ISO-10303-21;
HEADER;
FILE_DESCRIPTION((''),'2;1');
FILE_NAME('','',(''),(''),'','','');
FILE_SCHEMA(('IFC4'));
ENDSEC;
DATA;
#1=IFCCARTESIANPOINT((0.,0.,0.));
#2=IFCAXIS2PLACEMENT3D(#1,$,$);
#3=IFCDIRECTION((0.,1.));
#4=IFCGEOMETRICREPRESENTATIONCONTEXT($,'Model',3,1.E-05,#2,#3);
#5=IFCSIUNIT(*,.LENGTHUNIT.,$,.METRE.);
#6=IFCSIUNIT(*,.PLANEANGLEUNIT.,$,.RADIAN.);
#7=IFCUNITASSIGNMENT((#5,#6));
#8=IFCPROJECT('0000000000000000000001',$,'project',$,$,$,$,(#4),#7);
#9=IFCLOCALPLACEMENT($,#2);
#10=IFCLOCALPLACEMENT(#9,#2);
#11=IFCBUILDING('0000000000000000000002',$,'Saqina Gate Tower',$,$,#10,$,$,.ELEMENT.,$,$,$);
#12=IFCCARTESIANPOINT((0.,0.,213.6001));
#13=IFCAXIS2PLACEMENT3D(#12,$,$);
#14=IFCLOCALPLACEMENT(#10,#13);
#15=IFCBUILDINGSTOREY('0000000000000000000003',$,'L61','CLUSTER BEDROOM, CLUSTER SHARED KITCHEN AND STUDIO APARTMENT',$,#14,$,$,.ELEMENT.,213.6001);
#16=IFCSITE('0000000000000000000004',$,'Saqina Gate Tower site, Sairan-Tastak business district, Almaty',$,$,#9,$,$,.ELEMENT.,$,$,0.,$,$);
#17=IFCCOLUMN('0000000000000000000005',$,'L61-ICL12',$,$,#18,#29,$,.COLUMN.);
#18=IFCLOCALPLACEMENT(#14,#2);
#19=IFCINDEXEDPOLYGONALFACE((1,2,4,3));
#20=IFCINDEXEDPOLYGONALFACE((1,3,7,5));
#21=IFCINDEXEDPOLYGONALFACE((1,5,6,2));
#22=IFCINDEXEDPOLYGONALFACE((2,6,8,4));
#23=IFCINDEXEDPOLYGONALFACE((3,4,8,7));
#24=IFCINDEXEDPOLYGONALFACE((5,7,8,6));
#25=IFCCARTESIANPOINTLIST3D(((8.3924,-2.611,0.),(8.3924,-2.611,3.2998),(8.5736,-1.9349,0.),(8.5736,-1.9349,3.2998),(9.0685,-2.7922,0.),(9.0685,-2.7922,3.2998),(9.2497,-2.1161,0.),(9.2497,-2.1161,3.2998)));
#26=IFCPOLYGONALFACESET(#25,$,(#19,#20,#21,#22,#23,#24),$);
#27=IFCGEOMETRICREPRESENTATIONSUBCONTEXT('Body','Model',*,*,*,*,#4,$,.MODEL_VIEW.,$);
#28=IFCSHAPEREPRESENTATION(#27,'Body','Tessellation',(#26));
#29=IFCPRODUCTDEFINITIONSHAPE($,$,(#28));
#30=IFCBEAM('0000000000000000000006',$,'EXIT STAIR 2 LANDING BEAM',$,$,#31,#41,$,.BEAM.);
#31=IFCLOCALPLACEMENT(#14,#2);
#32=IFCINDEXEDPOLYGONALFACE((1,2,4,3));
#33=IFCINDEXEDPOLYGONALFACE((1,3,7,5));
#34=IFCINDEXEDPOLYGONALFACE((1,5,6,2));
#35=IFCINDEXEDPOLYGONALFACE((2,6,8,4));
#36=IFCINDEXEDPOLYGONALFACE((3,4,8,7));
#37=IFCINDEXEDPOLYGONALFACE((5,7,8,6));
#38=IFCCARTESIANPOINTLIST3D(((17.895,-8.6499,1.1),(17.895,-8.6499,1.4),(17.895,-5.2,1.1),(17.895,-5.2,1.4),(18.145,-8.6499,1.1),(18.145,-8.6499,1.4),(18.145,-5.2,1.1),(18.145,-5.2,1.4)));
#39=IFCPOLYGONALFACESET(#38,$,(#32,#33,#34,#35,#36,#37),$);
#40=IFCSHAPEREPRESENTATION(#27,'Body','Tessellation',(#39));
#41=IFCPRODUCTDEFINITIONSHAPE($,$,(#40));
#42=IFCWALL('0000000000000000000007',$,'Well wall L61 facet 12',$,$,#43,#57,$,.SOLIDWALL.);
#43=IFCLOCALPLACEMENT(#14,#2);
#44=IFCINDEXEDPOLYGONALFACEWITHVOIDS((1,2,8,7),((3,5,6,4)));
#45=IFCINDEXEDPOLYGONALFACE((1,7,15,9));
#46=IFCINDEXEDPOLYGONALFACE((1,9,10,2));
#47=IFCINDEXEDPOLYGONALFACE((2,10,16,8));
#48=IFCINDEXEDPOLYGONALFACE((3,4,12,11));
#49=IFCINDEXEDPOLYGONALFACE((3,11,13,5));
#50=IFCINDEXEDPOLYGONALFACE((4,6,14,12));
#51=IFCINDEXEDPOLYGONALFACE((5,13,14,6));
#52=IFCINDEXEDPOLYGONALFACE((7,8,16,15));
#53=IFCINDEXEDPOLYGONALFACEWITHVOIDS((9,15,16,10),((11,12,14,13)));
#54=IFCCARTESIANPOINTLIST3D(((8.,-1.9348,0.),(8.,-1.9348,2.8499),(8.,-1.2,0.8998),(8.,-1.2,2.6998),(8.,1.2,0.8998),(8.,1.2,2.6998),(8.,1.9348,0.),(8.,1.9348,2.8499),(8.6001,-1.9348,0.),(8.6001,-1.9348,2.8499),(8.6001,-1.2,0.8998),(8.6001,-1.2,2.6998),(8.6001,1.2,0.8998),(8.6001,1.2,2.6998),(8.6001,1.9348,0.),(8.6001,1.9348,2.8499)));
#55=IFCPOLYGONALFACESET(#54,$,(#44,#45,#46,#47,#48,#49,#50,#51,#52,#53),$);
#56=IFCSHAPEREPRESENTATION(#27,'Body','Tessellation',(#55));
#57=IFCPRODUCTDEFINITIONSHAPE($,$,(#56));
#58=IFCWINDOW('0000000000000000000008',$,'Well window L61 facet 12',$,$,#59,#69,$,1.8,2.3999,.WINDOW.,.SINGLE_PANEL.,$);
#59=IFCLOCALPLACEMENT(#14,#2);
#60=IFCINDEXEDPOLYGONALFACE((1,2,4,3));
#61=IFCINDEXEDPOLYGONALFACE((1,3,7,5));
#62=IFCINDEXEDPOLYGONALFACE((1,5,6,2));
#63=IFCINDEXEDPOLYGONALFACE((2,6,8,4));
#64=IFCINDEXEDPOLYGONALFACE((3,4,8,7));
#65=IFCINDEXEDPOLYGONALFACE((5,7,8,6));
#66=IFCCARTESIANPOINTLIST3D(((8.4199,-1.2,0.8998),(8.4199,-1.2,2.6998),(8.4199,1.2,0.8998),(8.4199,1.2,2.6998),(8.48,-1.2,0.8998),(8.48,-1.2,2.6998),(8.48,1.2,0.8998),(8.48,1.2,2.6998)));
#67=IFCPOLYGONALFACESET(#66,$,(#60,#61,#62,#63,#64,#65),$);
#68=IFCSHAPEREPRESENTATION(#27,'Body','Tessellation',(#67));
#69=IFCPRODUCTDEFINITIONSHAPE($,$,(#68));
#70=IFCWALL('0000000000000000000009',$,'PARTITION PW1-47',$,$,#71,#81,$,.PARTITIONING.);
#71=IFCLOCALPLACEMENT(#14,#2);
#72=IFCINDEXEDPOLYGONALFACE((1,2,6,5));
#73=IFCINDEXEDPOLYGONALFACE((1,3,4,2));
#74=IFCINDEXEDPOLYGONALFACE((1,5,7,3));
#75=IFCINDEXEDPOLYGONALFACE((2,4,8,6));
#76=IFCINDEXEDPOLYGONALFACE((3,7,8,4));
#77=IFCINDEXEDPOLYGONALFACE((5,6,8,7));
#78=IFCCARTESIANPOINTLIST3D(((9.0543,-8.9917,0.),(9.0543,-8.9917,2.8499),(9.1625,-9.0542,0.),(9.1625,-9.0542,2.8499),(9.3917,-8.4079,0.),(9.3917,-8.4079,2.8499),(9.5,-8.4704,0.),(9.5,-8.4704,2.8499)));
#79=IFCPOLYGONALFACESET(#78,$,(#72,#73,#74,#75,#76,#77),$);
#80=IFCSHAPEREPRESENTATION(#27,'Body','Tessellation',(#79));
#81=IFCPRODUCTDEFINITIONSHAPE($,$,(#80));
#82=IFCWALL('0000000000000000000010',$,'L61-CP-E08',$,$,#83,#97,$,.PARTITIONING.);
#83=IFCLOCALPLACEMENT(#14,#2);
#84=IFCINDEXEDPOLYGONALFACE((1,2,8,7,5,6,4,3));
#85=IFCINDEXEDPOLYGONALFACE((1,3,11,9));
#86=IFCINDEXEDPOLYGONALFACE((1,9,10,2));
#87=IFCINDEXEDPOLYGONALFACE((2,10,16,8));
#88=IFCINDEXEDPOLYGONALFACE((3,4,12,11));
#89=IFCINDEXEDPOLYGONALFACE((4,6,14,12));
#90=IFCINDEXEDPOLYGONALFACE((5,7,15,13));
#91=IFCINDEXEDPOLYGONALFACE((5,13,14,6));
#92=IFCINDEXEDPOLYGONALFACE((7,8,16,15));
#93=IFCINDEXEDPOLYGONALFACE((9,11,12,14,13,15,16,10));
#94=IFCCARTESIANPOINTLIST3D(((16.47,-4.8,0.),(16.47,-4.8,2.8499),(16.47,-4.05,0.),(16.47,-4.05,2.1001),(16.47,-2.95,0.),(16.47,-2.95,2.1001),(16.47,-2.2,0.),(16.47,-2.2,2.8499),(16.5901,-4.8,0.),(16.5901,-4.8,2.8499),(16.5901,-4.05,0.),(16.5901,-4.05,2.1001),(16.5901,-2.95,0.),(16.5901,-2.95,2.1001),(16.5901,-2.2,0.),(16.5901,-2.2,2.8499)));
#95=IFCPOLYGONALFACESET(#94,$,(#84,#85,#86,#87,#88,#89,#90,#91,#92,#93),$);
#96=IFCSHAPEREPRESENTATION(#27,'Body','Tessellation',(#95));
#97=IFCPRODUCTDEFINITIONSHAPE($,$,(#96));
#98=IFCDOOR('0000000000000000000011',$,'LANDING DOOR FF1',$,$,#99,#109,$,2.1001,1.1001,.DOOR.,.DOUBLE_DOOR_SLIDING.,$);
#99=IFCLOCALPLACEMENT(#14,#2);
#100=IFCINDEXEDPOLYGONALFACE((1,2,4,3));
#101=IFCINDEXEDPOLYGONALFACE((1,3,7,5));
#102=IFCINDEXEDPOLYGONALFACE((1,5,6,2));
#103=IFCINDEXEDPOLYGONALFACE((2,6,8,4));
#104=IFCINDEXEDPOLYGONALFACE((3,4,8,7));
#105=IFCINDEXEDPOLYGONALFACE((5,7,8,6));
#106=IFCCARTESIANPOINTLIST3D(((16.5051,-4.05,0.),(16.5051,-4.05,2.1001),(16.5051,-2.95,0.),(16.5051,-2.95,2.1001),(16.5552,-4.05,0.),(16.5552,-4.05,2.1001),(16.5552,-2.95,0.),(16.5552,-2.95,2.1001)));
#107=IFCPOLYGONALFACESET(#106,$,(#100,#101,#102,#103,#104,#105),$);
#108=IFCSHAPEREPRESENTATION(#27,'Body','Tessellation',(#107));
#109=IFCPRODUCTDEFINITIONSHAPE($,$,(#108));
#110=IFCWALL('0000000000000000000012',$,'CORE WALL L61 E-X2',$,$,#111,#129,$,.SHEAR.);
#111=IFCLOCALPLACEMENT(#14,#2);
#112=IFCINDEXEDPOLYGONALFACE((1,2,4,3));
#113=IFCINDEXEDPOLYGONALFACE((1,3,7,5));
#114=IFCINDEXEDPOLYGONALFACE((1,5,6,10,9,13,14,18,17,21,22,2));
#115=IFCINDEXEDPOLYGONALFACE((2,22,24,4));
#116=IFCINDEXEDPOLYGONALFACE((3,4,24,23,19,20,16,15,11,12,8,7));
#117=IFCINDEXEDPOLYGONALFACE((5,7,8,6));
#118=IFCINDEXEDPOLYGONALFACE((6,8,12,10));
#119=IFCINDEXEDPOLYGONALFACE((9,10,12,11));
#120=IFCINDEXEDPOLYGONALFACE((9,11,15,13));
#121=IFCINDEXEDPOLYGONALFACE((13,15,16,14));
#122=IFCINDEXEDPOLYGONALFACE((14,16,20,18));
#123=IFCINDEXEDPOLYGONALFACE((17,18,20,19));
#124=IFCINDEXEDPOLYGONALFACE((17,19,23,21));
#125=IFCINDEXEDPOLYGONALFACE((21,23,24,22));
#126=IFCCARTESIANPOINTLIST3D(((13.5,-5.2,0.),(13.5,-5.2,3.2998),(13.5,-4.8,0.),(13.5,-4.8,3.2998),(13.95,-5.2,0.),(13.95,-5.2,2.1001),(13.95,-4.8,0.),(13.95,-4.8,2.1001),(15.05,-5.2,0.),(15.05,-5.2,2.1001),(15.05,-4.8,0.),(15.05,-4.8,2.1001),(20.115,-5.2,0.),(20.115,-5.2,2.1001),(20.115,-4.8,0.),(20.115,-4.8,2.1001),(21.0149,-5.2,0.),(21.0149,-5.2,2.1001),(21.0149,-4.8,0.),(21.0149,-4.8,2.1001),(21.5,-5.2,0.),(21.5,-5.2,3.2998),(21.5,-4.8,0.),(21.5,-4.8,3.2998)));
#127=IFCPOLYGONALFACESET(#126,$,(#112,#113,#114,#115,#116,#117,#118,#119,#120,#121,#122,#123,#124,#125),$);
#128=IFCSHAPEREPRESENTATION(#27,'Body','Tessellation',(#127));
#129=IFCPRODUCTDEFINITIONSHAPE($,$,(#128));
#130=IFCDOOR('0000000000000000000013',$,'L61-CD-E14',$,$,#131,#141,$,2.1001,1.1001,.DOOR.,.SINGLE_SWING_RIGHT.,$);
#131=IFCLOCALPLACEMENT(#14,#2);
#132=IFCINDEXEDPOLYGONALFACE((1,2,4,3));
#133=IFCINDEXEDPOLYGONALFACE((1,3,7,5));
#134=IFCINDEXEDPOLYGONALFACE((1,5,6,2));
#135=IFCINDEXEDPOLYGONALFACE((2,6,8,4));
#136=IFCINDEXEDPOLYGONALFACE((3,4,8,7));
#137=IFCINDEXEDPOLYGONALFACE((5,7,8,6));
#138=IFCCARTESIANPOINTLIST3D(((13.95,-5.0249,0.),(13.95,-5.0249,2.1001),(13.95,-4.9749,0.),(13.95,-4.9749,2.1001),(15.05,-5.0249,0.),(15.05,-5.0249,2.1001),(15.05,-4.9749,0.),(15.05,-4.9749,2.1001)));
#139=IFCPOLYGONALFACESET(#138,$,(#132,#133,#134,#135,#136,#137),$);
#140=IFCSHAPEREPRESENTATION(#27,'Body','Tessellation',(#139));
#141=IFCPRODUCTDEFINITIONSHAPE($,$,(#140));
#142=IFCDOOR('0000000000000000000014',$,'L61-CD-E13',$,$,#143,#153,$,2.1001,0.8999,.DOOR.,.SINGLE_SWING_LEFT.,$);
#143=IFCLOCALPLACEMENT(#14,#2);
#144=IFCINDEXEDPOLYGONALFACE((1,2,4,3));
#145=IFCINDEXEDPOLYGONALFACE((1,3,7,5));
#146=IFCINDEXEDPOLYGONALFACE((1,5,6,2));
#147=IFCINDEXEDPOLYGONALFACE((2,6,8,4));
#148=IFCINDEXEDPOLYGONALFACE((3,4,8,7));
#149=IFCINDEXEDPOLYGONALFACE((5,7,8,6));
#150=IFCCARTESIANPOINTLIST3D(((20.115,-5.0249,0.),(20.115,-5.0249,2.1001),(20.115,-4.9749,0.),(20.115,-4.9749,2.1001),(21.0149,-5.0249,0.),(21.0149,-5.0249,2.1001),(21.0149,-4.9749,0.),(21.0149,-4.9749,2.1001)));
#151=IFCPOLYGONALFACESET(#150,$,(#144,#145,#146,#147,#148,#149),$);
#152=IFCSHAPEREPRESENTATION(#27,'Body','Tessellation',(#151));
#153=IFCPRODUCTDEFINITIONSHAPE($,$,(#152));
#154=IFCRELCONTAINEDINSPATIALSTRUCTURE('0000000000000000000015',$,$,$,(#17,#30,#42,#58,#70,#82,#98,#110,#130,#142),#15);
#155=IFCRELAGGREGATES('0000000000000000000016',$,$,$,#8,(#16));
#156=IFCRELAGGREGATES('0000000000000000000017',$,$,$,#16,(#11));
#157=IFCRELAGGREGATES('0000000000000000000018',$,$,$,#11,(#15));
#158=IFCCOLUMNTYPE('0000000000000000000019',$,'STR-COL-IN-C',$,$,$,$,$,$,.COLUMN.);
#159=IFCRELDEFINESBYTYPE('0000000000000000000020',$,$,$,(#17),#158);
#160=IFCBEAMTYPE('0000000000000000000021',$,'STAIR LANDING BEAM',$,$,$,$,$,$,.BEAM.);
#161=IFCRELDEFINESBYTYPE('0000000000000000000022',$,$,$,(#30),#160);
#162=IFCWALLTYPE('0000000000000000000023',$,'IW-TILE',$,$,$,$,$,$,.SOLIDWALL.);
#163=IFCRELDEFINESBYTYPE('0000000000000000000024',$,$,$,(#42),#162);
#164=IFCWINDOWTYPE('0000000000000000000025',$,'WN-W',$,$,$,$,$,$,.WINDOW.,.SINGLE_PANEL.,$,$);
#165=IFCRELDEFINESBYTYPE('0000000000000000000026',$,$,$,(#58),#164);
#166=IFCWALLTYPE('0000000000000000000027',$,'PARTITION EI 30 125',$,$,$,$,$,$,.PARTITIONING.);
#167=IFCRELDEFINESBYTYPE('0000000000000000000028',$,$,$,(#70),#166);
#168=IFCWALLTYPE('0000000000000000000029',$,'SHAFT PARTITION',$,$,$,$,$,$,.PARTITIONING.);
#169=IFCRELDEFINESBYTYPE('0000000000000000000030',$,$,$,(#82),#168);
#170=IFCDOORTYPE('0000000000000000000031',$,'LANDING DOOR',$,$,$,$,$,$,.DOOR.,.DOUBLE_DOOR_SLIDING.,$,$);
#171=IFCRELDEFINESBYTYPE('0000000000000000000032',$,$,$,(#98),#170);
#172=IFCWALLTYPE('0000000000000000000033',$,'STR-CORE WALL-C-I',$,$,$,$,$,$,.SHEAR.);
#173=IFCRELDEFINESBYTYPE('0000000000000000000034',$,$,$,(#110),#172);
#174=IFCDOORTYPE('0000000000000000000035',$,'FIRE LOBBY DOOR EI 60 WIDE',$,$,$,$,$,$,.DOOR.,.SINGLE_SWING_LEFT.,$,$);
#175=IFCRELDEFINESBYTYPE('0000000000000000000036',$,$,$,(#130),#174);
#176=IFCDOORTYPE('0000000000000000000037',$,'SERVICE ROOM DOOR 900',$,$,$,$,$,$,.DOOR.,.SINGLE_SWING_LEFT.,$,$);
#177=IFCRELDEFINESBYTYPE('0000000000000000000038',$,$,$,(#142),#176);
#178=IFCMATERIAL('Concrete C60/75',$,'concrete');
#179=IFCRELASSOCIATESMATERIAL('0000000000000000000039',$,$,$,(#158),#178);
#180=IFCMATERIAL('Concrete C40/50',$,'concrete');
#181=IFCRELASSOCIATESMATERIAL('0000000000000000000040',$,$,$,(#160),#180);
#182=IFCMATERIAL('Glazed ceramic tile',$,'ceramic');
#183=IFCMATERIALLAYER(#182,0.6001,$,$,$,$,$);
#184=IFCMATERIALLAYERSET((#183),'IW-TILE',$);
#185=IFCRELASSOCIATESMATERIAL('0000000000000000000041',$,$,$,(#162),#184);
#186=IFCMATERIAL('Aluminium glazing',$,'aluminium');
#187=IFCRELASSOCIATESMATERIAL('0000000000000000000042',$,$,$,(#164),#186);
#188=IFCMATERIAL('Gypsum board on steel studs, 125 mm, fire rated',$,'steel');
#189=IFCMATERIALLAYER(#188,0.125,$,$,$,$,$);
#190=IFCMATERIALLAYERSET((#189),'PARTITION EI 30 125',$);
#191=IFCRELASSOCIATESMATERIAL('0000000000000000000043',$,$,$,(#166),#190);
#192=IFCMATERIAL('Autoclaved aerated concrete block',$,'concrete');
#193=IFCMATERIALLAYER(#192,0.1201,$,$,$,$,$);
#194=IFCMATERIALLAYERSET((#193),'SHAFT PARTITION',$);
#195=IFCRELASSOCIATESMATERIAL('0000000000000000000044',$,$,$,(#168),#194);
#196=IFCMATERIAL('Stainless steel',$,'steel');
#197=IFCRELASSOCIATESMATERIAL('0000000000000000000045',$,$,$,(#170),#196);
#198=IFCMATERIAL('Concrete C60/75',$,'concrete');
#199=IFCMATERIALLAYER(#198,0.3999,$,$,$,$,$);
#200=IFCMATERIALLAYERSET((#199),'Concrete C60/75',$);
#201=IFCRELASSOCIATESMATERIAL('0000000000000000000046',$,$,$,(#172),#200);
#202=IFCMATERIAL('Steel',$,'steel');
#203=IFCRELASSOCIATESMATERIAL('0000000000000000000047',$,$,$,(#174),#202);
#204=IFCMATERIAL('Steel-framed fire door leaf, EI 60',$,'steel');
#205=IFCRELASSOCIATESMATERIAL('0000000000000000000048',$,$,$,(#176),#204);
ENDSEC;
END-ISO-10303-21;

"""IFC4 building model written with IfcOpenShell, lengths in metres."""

from ifc_helpers import new_model, si_unit, direction, frame, frame_2d, origin, origin_2d, place, context, subcontext, project, spatial, rectangle, extrude, material, layer, layer_set, material_profile, profile_set, type_object, element, fill, save


model = new_model("IFC4")

# Units and contexts
model_context = context("Model", 3, precision=1e-05, world=origin(), true_north=direction((0.0, 1.0)))
body_context = subcontext(model_context, "Body", "Model", "MODEL_VIEW")
ifc_project = project(units=[si_unit("LENGTHUNIT", "METRE"), si_unit("PLANEANGLEUNIT", "RADIAN")], contexts=[model_context])

# Site, building, storey
site_placement = place(None, origin())
site = spatial("IfcSite", under=ifc_project, at=site_placement, Name="Saqina Gate Tower site, Sairan-Tastak business district, Almaty", CompositionType="ELEMENT", RefElevation=0.0)
building_placement = place(site_placement, origin())
building = spatial("IfcBuilding", under=site, at=building_placement, Name="Saqina Gate Tower", CompositionType="ELEMENT")
storey_placement = place(building_placement, frame((0.0, 0.0, 213.6001)))
storey = spatial("IfcBuildingStorey", under=building, at=storey_placement, Name="L61", Description="CLUSTER BEDROOM, CLUSTER SHARED KITCHEN AND STUDIO APARTMENT", CompositionType="ELEMENT", Elevation=213.6001)

# Column
ifc_material_1 = material(Name="Concrete C60/75", Category="concrete")
ifc_material_profile_1 = material_profile(ifc_material_1, rectangle(XDim=0.7, YDim=0.7, at=origin_2d()), Name="RC 700x700")
ifc_profile_set_1 = profile_set([ifc_material_profile_1], Name="Concrete C60/75")
column_type = type_object("IfcColumnType", Name="STR-COL-IN-C", PredefinedType="COLUMN", material=ifc_profile_set_1)
column_placement = place(storey_placement, frame((8.821, -2.3635, 0.0), z_axis=(0.0, 0.0, 1.0), x_axis=(0.965926, -0.258819, 0.0)))
element("IfcColumn", 1, at=column_placement, inside=storey, type_object=column_type, Name="L61-ICL12", PredefinedType="COLUMN", context=body_context, shape_type="SweptSolid", body=[
    extrude(rectangle(XDim=0.7, YDim=0.7, at=origin_2d()), origin(), (0.0, 0.0, 1.0), 3.2998),
])

# Beam
ifc_material_2 = material(Name="Concrete C40/50", Category="concrete")
ifc_material_profile_2 = material_profile(ifc_material_2, rectangle(XDim=0.25, YDim=0.3, at=origin_2d()), Name="STAIR LANDING BEAM")
ifc_profile_set_2 = profile_set([ifc_material_profile_2], Name="Concrete C40/50")
beam_type = type_object("IfcBeamType", Name="STAIR LANDING BEAM", PredefinedType="BEAM", material=ifc_profile_set_2)
beam_placement = place(storey_placement, frame((18.02, -8.6499, 1.25), z_axis=(0.0, 1.0, 0.0), x_axis=(-1.0, 0.0, 0.0)))
element("IfcBeam", 2, at=beam_placement, inside=storey, type_object=beam_type, Name="EXIT STAIR 2 LANDING BEAM", PredefinedType="BEAM", context=body_context, shape_type="SweptSolid", body=[
    extrude(rectangle(XDim=0.25, YDim=0.3, at=origin_2d()), origin(), (0.0, 0.0, 1.0), 3.45),
])

# Wall, opening, window
ifc_material_3 = material(Name="Glazed ceramic tile", Category="ceramic")
ifc_layer_1 = layer(ifc_material_3, 0.6001)
ifc_layer_set_1 = layer_set([ifc_layer_1], Name="IW-TILE")
wall_type_1 = type_object("IfcWallType", Name="IW-TILE", PredefinedType="SOLIDWALL", material=ifc_layer_set_1)
wall_1_placement = place(storey_placement, frame((8.3, -1.9348, 0.0), z_axis=(0.0, 0.0, 1.0), x_axis=(0.0, 1.0, 0.0)))
wall_1 = element("IfcWall", 3, at=wall_1_placement, inside=storey, type_object=wall_type_1, Name="Well wall L61 facet 12", PredefinedType="SOLIDWALL", context=body_context, shape_type="SweptSolid", body=[
    extrude(rectangle(XDim=3.8696, YDim=0.6001, at=frame_2d((1.9348, 0.0))), origin(), (0.0, 0.0, 1.0), 2.8499),
])
opening_1_placement = place(wall_1_placement, frame((0.7349, 0.0, 0.8999)))
opening_1 = element("IfcOpeningElement", 4, at=opening_1_placement, cuts=wall_1, PredefinedType="OPENING", context=body_context, shape_type="SweptSolid", body=[
    extrude(rectangle(XDim=2.3999, YDim=1.8, at=frame_2d((1.2, 0.8999))), frame((0.0, 0.312, 0.0), z_axis=(0.0, -1.0, 0.0), x_axis=(1.0, 0.0, 0.0)), (0.0, 0.0, 1.0), 0.624),
])
ifc_material_4 = material(Name="Aluminium glazing", Category="aluminium")
window_type = type_object("IfcWindowType", Name="WN-W", PartitioningType="SINGLE_PANEL", PredefinedType="WINDOW", material=ifc_material_4)
window_placement = place(opening_1_placement, origin())
window = element("IfcWindow", 5, at=window_placement, inside=storey, type_object=window_type, Name="Well window L61 facet 12", OverallHeight=1.8, OverallWidth=2.3999, PartitioningType="SINGLE_PANEL", PredefinedType="WINDOW", context=body_context, shape_type="SweptSolid", body=[
    extrude(rectangle(XDim=2.3999, YDim=1.8, at=frame_2d((1.2, 0.8999))), frame((0.0, -0.1199, 0.0), z_axis=(0.0, -1.0, 0.0), x_axis=(1.0, 0.0, 0.0)), (0.0, 0.0, 1.0), 0.0601),
])
fill(opening_1, window)

# Wall
ifc_material_5 = material(Name="Gypsum board on steel studs, 125 mm, fire rated", Category="steel")
ifc_layer_2 = layer(ifc_material_5, 0.125)
ifc_layer_set_2 = layer_set([ifc_layer_2], Name="PARTITION EI 30 125")
wall_type_2 = type_object("IfcWallType", Name="PARTITION EI 30 125", PredefinedType="PARTITIONING", material=ifc_layer_set_2)
wall_2_placement = place(storey_placement, frame((9.1084, -9.0229, 0.0), z_axis=(0.0, 0.0, 1.0), x_axis=(0.500422, 0.865781, 0.0)))
element("IfcWall", 6, at=wall_2_placement, inside=storey, type_object=wall_type_2, Name="PARTITION PW1-47", PredefinedType="PARTITIONING", context=body_context, shape_type="SweptSolid", body=[
    extrude(rectangle(XDim=0.6743, YDim=0.125, at=frame_2d((0.3372, 0.0))), origin(), (0.0, 0.0, 1.0), 2.8499),
])

# Wall, opening, door
ifc_material_6 = material(Name="Autoclaved aerated concrete block", Category="concrete")
ifc_layer_3 = layer(ifc_material_6, 0.1201)
ifc_layer_set_3 = layer_set([ifc_layer_3], Name="SHAFT PARTITION")
wall_type_3 = type_object("IfcWallType", Name="SHAFT PARTITION", PredefinedType="PARTITIONING", material=ifc_layer_set_3)
wall_3_placement = place(storey_placement, frame((16.53, -4.8, 0.0), z_axis=(0.0, 0.0, 1.0), x_axis=(0.0, 1.0, 0.0)))
wall_3 = element("IfcWall", 7, at=wall_3_placement, inside=storey, type_object=wall_type_3, Name="L61-CP-E08", PredefinedType="PARTITIONING", context=body_context, shape_type="SweptSolid", body=[
    extrude(rectangle(XDim=2.6001, YDim=0.1201, at=frame_2d((1.3, 0.0))), origin(), (0.0, 0.0, 1.0), 2.8499),
])
opening_2_placement = place(wall_3_placement, frame((0.75, 0.0, 0.0)))
opening_2 = element("IfcOpeningElement", 8, at=opening_2_placement, cuts=wall_3, PredefinedType="OPENING", context=body_context, shape_type="SweptSolid", body=[
    extrude(rectangle(XDim=1.1001, YDim=2.1001, at=frame_2d((0.55, 1.05))), frame((0.0, 0.072, 0.0), z_axis=(0.0, -1.0, 0.0), x_axis=(1.0, 0.0, 0.0)), (0.0, 0.0, 1.0), 0.144),
])
ifc_material_7 = material(Name="Stainless steel", Category="steel")
door_type_1 = type_object("IfcDoorType", Name="LANDING DOOR", OperationType="DOUBLE_DOOR_SLIDING", PredefinedType="DOOR", material=ifc_material_7)
door_1_placement = place(opening_2_placement, origin())
door_1 = element("IfcDoor", 9, at=door_1_placement, inside=storey, type_object=door_type_1, Name="LANDING DOOR FF1", OperationType="DOUBLE_DOOR_SLIDING", OverallHeight=2.1001, OverallWidth=1.1001, PredefinedType="DOOR", context=body_context, shape_type="SweptSolid", body=[
    extrude(rectangle(XDim=1.1001, YDim=2.1001, at=frame_2d((0.55, 1.05))), frame((0.0, 0.0249, 0.0), z_axis=(0.0, -1.0, 0.0), x_axis=(1.0, 0.0, 0.0)), (0.0, 0.0, 1.0), 0.05),
])
fill(opening_2, door_1)

# Wall, openings, doors
ifc_material_8 = material(Name="Concrete C60/75", Category="concrete")
ifc_layer_4 = layer(ifc_material_8, 0.3999)
ifc_layer_set_4 = layer_set([ifc_layer_4], Name="Concrete C60/75")
wall_type_4 = type_object("IfcWallType", Name="STR-CORE WALL-C-I", PredefinedType="SHEAR", material=ifc_layer_set_4)
wall_4_placement = place(storey_placement, frame((13.5, -5.0, 0.0), z_axis=(0.0, 0.0, 1.0), x_axis=(1.0, 0.0, 0.0)))
wall_4 = element("IfcWall", 10, at=wall_4_placement, inside=storey, type_object=wall_type_4, Name="CORE WALL L61 E-X2", PredefinedType="SHEAR", context=body_context, shape_type="SweptSolid", body=[
    extrude(rectangle(XDim=8.0, YDim=0.3999, at=frame_2d((4.0, 0.0))), origin(), (0.0, 0.0, 1.0), 3.2998),
])
opening_3_placement = place(wall_4_placement, frame((6.615, 0.0, 0.0)))
opening_3 = element("IfcOpeningElement", 11, at=opening_3_placement, cuts=wall_4, PredefinedType="OPENING", context=body_context, shape_type="SweptSolid", body=[
    extrude(rectangle(XDim=0.8999, YDim=2.1001, at=frame_2d((0.45, 1.05))), frame((0.0, 0.2119, 0.0), z_axis=(0.0, -1.0, 0.0), x_axis=(1.0, 0.0, 0.0)), (0.0, 0.0, 1.0), 0.4238),
])
opening_4_placement = place(wall_4_placement, frame((0.45, 0.0, 0.0)))
opening_4 = element("IfcOpeningElement", 12, at=opening_4_placement, cuts=wall_4, PredefinedType="OPENING", context=body_context, shape_type="SweptSolid", body=[
    extrude(rectangle(XDim=1.1001, YDim=2.1001, at=frame_2d((0.55, 1.05))), frame((0.0, 0.2119, 0.0), z_axis=(0.0, -1.0, 0.0), x_axis=(1.0, 0.0, 0.0)), (0.0, 0.0, 1.0), 0.4238),
])
ifc_material_9 = material(Name="Steel", Category="steel")
door_type_2 = type_object("IfcDoorType", Name="FIRE LOBBY DOOR EI 60 WIDE", OperationType="SINGLE_SWING_LEFT", PredefinedType="DOOR", material=ifc_material_9)
door_2_placement = place(opening_4_placement, frame((1.1001, 0.0, 0.0), z_axis=(0.0, 0.0, 1.0), x_axis=(-1.0, 0.0, 0.0)))
door_2 = element("IfcDoor", 13, at=door_2_placement, inside=storey, type_object=door_type_2, Name="L61-CD-E14", OperationType="SINGLE_SWING_RIGHT", OverallHeight=2.1001, OverallWidth=1.1001, PredefinedType="DOOR", context=body_context, shape_type="SweptSolid", body=[
    extrude(rectangle(XDim=1.1001, YDim=2.1001, at=frame_2d((0.55, 1.05))), frame((0.0, 0.0249, 0.0), z_axis=(0.0, -1.0, 0.0), x_axis=(1.0, 0.0, 0.0)), (0.0, 0.0, 1.0), 0.05),
])
fill(opening_4, door_2)
ifc_material_10 = material(Name="Steel-framed fire door leaf, EI 60", Category="steel")
door_type_3 = type_object("IfcDoorType", Name="SERVICE ROOM DOOR 900", OperationType="SINGLE_SWING_LEFT", PredefinedType="DOOR", material=ifc_material_10)
door_3_placement = place(opening_3_placement, frame((0.8999, 0.0, 0.0), z_axis=(0.0, 0.0, 1.0), x_axis=(-1.0, 0.0, 0.0)))
door_3 = element("IfcDoor", 14, at=door_3_placement, inside=storey, type_object=door_type_3, Name="L61-CD-E13", OperationType="SINGLE_SWING_LEFT", OverallHeight=2.1001, OverallWidth=0.8999, PredefinedType="DOOR", context=body_context, shape_type="SweptSolid", body=[
    extrude(rectangle(XDim=0.8999, YDim=2.1001, at=frame_2d((0.45, 1.05))), frame((0.0, 0.0249, 0.0), z_axis=(0.0, -1.0, 0.0), x_axis=(1.0, 0.0, 0.0)), (0.0, 0.0, 1.0), 0.05),
])
fill(opening_3, door_3)

save(model, "model.ifc")
